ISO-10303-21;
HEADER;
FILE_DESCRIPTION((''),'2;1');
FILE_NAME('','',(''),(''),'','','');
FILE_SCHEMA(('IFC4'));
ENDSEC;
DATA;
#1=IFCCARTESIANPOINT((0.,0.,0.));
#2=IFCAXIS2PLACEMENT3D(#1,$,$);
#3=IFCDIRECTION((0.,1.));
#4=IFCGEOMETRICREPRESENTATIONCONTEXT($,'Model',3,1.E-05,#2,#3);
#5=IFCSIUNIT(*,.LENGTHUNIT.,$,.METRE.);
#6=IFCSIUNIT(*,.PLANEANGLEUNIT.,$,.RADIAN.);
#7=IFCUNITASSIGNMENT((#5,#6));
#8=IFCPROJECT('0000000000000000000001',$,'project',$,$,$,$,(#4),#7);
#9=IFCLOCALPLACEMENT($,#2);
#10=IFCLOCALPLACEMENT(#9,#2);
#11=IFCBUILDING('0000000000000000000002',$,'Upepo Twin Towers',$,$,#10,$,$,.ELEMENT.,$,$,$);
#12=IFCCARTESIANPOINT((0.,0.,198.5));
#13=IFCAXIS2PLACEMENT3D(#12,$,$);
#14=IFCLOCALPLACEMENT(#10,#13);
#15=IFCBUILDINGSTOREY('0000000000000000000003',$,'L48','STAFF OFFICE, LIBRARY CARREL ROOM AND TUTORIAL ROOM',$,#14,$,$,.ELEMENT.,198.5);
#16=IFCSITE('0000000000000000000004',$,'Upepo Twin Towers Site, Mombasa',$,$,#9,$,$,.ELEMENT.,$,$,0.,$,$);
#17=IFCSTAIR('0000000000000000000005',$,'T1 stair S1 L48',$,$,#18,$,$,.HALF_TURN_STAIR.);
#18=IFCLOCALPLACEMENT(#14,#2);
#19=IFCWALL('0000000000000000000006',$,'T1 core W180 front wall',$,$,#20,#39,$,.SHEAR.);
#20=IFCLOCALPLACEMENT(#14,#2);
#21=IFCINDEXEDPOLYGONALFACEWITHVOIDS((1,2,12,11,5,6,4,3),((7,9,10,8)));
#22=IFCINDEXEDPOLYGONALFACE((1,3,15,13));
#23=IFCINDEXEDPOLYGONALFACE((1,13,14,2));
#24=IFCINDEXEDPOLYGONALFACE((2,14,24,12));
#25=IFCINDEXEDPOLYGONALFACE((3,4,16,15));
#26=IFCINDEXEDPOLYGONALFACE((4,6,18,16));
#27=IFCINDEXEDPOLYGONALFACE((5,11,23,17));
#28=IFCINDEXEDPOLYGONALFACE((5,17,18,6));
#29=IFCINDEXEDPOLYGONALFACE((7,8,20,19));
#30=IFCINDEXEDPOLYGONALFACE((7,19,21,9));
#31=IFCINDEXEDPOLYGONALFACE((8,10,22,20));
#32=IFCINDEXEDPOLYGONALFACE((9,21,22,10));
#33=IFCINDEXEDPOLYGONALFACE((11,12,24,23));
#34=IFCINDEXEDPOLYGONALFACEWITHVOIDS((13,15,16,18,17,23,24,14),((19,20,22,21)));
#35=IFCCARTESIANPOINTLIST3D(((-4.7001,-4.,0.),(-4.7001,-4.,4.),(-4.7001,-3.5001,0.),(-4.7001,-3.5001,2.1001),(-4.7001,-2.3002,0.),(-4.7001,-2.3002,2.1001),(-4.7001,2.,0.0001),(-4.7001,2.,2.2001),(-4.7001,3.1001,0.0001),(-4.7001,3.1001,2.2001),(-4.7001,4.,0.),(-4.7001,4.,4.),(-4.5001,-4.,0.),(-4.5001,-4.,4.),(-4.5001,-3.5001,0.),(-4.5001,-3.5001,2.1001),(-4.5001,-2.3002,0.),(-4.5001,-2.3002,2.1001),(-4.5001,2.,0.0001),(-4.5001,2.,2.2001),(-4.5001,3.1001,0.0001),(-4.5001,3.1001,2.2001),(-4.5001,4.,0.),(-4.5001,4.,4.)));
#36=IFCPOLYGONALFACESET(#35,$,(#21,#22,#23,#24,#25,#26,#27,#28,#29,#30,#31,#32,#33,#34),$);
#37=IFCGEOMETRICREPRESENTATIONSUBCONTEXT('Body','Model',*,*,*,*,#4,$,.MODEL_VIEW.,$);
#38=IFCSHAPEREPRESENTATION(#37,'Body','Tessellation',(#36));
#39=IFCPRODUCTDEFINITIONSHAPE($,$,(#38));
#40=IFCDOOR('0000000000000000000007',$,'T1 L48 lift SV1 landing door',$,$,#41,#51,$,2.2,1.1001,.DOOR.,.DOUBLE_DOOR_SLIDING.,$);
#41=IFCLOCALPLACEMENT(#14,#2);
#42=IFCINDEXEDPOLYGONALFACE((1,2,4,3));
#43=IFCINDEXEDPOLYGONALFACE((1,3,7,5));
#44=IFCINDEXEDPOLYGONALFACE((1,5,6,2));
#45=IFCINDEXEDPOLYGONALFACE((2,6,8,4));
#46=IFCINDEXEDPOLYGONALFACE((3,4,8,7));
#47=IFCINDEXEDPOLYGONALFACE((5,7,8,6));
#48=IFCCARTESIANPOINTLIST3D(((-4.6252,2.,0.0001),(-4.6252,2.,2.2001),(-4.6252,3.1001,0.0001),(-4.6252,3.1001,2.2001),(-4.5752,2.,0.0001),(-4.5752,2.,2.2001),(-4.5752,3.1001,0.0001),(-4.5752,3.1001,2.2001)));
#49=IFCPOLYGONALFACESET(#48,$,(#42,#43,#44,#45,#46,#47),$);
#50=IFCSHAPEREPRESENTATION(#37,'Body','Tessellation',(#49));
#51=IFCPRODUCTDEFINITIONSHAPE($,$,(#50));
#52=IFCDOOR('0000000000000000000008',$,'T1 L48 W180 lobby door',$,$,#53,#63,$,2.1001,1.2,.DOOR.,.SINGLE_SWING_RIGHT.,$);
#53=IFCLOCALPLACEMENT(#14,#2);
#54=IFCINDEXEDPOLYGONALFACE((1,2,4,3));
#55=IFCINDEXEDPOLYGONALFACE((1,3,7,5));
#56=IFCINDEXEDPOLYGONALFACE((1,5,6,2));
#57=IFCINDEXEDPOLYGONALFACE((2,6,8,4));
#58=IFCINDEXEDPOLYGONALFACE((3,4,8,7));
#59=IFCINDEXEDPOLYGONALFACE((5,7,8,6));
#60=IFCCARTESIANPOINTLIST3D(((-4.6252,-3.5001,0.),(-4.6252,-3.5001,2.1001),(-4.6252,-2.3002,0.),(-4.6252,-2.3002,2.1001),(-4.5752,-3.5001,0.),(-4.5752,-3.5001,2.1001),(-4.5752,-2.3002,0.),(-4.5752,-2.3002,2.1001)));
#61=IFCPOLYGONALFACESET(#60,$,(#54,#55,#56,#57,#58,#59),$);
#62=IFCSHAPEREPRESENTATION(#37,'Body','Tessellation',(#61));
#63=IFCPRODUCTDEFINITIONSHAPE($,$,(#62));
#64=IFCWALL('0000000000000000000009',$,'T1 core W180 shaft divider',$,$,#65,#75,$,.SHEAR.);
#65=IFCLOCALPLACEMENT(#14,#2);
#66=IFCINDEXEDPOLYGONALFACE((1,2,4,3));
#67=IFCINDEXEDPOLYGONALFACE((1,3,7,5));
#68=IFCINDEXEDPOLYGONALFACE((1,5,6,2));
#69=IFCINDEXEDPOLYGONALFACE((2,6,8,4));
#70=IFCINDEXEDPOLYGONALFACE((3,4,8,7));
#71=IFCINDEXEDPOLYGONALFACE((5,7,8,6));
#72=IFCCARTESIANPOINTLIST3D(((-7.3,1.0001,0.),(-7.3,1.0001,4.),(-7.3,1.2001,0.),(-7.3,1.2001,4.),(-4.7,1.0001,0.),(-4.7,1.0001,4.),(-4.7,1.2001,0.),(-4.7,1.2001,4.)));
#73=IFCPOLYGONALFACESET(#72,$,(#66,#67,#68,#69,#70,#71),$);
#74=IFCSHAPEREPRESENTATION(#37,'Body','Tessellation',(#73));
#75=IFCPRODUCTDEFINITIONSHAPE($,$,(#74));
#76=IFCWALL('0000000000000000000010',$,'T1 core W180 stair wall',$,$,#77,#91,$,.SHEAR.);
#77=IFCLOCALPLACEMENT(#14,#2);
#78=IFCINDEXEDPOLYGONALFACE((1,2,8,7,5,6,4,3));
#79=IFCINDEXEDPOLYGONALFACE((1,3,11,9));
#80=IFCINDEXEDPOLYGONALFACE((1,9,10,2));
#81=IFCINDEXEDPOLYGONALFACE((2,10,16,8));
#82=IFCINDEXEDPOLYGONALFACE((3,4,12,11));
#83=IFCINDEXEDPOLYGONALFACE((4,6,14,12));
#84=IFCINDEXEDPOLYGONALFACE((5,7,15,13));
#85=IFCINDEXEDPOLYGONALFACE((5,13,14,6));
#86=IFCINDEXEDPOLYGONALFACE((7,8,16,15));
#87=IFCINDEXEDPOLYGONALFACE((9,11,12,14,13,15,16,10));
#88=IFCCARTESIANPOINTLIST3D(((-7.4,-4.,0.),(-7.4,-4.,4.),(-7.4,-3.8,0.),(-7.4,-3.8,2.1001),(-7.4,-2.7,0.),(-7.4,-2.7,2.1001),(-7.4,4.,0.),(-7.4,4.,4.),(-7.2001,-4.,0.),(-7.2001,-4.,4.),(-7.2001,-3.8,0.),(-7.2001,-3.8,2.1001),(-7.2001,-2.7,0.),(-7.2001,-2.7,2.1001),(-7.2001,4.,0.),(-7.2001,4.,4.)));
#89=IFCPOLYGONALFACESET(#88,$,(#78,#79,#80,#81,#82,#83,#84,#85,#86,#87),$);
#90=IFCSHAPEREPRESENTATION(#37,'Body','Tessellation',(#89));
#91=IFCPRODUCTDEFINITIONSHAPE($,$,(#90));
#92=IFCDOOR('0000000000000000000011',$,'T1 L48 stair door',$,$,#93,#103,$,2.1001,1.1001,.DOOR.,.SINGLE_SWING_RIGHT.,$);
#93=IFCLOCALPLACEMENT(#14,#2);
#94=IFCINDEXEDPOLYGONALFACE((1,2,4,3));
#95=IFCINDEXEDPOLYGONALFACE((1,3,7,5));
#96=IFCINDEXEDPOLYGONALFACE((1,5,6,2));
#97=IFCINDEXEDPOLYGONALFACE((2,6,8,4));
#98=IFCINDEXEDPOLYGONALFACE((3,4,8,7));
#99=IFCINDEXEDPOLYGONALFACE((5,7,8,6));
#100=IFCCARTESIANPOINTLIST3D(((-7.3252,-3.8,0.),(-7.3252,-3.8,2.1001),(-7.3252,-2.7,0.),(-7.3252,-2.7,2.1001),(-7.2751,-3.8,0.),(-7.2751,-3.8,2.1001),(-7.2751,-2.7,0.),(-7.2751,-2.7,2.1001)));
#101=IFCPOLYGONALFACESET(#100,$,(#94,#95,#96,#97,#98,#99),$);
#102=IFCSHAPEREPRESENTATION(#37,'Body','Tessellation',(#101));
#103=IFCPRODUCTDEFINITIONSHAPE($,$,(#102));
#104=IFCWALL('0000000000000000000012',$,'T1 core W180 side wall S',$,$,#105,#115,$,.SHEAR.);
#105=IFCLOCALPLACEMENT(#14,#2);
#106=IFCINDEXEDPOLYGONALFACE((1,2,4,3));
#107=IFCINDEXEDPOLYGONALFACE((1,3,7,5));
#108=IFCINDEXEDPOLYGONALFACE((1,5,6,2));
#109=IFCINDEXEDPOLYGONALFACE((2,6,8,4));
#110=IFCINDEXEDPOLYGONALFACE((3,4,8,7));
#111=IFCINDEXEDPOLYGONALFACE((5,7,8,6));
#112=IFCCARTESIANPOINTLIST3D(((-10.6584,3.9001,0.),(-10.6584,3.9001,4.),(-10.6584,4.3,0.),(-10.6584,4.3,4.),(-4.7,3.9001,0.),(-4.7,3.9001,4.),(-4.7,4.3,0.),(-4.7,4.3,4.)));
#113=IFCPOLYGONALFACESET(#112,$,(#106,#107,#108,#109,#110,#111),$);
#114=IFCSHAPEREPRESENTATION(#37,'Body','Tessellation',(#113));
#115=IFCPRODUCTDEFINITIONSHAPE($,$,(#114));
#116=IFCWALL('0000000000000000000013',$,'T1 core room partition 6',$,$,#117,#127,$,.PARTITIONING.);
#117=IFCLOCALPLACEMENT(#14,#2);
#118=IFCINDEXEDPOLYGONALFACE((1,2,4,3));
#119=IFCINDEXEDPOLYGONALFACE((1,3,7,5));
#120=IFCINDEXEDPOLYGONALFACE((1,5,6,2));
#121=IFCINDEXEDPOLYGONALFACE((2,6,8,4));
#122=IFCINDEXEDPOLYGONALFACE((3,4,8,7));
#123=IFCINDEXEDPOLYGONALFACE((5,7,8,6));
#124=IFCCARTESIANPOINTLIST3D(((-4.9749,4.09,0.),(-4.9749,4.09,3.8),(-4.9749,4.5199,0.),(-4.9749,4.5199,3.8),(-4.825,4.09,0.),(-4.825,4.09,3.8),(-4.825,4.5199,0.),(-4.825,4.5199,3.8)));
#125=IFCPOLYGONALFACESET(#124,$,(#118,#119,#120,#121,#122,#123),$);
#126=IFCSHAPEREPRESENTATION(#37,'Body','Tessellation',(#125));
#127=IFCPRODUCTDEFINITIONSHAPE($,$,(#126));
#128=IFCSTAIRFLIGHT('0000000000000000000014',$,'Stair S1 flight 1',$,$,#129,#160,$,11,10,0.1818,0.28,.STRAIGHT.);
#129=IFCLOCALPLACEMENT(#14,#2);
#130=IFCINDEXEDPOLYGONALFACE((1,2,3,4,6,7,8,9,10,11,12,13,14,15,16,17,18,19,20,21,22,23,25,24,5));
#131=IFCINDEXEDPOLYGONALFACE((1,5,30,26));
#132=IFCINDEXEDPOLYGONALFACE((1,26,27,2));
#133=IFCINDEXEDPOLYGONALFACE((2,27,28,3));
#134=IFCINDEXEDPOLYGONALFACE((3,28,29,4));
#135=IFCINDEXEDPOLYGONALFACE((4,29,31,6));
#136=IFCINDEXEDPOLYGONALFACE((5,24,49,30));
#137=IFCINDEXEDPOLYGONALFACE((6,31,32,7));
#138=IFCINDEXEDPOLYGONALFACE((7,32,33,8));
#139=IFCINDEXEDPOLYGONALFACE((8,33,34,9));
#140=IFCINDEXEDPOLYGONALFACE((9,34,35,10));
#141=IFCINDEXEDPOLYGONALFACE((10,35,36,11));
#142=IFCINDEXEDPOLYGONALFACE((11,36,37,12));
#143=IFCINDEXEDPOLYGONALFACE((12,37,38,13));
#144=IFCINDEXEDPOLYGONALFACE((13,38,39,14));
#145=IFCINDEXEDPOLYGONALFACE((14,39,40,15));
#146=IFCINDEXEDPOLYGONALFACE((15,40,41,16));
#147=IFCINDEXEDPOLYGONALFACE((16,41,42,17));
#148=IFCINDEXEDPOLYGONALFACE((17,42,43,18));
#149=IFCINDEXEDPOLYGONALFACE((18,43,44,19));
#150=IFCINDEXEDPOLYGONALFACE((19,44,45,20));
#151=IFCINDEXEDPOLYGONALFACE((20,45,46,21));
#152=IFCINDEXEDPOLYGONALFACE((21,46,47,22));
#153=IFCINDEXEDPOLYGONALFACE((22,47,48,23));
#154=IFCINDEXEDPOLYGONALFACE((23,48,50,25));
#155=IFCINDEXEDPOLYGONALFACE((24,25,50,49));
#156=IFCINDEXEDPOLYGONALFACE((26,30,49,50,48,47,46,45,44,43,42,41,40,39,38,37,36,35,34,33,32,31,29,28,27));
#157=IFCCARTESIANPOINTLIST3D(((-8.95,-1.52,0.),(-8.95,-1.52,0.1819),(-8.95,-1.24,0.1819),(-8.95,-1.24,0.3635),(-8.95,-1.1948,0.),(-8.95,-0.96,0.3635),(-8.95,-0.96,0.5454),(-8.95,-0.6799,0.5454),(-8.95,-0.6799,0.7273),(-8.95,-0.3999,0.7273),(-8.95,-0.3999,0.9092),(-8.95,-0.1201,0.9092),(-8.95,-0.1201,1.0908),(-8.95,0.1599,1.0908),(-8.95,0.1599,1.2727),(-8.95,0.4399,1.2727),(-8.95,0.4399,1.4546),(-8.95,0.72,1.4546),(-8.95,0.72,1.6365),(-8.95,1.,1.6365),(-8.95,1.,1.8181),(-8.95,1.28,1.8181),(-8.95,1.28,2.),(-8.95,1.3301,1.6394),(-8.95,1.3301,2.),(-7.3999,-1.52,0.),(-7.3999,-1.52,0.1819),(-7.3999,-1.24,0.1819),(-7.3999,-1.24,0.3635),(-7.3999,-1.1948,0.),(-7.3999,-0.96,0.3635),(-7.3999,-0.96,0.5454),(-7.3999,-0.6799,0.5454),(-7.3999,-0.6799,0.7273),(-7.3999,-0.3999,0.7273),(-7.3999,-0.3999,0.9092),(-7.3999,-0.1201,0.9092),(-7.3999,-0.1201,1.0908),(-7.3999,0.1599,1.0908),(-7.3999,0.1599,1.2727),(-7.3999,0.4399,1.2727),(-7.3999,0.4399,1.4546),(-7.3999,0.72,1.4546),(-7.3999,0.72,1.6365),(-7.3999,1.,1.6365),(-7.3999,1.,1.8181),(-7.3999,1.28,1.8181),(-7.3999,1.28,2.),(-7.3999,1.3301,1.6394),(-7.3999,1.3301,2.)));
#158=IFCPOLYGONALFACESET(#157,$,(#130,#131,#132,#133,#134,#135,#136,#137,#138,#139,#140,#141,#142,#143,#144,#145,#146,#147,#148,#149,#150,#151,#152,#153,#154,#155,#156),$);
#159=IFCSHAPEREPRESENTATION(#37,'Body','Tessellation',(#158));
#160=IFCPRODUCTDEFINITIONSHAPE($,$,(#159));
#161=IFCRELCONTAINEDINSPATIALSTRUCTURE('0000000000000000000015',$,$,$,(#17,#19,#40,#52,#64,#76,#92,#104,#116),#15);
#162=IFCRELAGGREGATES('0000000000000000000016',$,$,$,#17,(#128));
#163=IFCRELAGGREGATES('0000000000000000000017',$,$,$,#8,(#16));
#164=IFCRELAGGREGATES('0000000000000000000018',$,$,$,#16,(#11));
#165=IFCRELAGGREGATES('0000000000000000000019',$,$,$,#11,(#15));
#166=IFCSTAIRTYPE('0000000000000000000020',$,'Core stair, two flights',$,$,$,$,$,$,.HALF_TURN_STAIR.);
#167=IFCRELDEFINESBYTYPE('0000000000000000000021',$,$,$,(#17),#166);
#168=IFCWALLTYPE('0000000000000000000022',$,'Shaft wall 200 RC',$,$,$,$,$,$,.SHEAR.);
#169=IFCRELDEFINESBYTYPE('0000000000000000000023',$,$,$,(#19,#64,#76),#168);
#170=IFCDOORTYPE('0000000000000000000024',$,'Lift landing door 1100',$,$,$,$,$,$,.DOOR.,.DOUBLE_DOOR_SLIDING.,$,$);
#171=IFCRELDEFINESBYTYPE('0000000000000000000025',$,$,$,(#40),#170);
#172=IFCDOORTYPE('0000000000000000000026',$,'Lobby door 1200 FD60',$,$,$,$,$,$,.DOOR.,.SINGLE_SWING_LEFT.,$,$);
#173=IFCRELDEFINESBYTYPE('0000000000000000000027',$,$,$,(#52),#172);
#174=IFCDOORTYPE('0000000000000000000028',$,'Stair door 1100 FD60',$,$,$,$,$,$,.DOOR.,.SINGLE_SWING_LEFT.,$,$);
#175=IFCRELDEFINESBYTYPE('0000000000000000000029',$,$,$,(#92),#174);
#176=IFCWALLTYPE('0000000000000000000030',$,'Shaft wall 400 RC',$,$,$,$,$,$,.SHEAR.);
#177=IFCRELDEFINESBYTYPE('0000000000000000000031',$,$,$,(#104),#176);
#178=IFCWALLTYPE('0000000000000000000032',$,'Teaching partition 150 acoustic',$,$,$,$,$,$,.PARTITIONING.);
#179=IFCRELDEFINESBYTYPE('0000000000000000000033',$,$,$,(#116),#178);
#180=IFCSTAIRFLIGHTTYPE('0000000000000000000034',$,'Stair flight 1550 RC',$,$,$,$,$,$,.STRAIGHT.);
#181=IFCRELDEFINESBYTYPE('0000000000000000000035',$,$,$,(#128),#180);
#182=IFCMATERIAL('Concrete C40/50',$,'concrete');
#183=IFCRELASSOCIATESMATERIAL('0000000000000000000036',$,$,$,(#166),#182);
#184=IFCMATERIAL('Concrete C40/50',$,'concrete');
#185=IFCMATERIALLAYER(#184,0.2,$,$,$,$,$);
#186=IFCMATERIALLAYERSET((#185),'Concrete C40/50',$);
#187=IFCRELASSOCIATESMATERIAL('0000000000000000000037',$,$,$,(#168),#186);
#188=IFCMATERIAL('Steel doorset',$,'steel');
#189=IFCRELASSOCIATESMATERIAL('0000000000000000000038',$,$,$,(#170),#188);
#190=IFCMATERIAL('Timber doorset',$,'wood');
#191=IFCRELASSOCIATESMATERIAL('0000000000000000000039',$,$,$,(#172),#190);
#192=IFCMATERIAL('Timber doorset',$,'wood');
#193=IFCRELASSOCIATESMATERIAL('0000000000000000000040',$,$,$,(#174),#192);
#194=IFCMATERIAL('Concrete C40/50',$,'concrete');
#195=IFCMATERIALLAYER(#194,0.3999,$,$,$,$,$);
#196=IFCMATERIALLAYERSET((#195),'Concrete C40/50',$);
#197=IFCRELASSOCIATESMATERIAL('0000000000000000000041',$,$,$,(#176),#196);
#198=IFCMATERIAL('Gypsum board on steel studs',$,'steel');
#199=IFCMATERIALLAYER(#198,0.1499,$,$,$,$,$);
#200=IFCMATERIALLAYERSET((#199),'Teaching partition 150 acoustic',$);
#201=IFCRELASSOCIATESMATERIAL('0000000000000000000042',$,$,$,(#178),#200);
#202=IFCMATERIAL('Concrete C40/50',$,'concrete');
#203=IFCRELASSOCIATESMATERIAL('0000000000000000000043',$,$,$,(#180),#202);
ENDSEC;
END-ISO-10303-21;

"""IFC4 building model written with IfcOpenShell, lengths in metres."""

from ifc_helpers import new_model, si_unit, direction, frame, frame_2d, origin, place, context, subcontext, project, spatial, polyline, rectangle, outline, extrude, material, layer, layer_set, type_object, element, fill, aggregate, save


model = new_model("IFC4")

# Units and contexts
model_context = context("Model", 3, precision=1e-05, world=origin(), true_north=direction((0.0, 1.0)))
body_context = subcontext(model_context, "Body", "Model", "MODEL_VIEW")
ifc_project = project(units=[si_unit("LENGTHUNIT", "METRE"), si_unit("PLANEANGLEUNIT", "RADIAN")], contexts=[model_context])

# Site, building, storey
site_placement = place(None, origin())
site = spatial("IfcSite", under=ifc_project, at=site_placement, Name="Upepo Twin Towers Site, Mombasa", CompositionType="ELEMENT", RefElevation=0.0)
building_placement = place(site_placement, origin())
building = spatial("IfcBuilding", under=site, at=building_placement, Name="Upepo Twin Towers", CompositionType="ELEMENT")
storey_placement = place(building_placement, frame((0.0, 0.0, 198.5)))
storey = spatial("IfcBuildingStorey", under=building, at=storey_placement, Name="L48", Description="STAFF OFFICE, LIBRARY CARREL ROOM AND TUTORIAL ROOM", CompositionType="ELEMENT", Elevation=198.5)

# Stair
ifc_material_1 = material(Name="Concrete C40/50", Category="concrete")
stair_type = type_object("IfcStairType", Name="Core stair, two flights", PredefinedType="HALF_TURN_STAIR", material=ifc_material_1)
stair_placement = place(storey_placement, origin())
stair = element("IfcStair", 1, at=stair_placement, inside=storey, type_object=stair_type, Name="T1 stair S1 L48", PredefinedType="HALF_TURN_STAIR")

# Wall, openings, doors
ifc_material_2 = material(Name="Concrete C40/50", Category="concrete")
ifc_layer_1 = layer(ifc_material_2, 0.2)
ifc_layer_set_1 = layer_set([ifc_layer_1], Name="Concrete C40/50")
wall_type_1 = type_object("IfcWallType", Name="Shaft wall 200 RC", PredefinedType="SHEAR", material=ifc_layer_set_1)
wall_1_placement = place(storey_placement, frame((-4.6001, 4.0, 0.0), z_axis=(0.0, 0.0, 1.0), x_axis=(0.0, -1.0, 0.0)))
wall_1 = element("IfcWall", 2, at=wall_1_placement, inside=storey, type_object=wall_type_1, Name="T1 core W180 front wall", PredefinedType="SHEAR", context=body_context, shape_type="SweptSolid", body=[
    extrude(rectangle(XDim=8.0, YDim=0.2, at=frame_2d((4.0, 0.0))), origin(), (0.0, 0.0, 1.0), 4.0),
])
opening_1_placement = place(wall_1_placement, frame((6.3, 0.0, 0.0)))
opening_1 = element("IfcOpeningElement", 3, at=opening_1_placement, cuts=wall_1, PredefinedType="OPENING", context=body_context, shape_type="SweptSolid", body=[
    extrude(rectangle(XDim=1.2, YDim=2.1001, at=frame_2d((0.6001, 1.05))), frame((0.0, 0.1099, 0.0), z_axis=(0.0, -1.0, 0.0), x_axis=(1.0, 0.0, 0.0)), (0.0, 0.0, 1.0), 0.22),
])
opening_2_placement = place(wall_1_placement, frame((0.8999, 0.0, 0.0)))
opening_2 = element("IfcOpeningElement", 4, at=opening_2_placement, cuts=wall_1, PredefinedType="OPENING", context=body_context, shape_type="SweptSolid", body=[
    extrude(rectangle(XDim=1.1001, YDim=2.2, at=frame_2d((0.55, 1.1001))), frame((0.0, 0.1099, 0.0), z_axis=(0.0, -1.0, 0.0), x_axis=(1.0, 0.0, 0.0)), (0.0, 0.0, 1.0), 0.22),
])
ifc_material_3 = material(Name="Steel doorset", Category="steel")
door_type_1 = type_object("IfcDoorType", Name="Lift landing door 1100", OperationType="DOUBLE_DOOR_SLIDING", PredefinedType="DOOR", material=ifc_material_3)
door_1_placement = place(opening_2_placement, origin())
door_1 = element("IfcDoor", 5, at=door_1_placement, inside=storey, type_object=door_type_1, Name="T1 L48 lift SV1 landing door", OperationType="DOUBLE_DOOR_SLIDING", OverallHeight=2.2, OverallWidth=1.1001, PredefinedType="DOOR", context=body_context, shape_type="SweptSolid", body=[
    extrude(rectangle(XDim=1.1001, YDim=2.2, at=frame_2d((0.55, 1.1001))), frame((0.0, 0.0249, 0.0), z_axis=(0.0, -1.0, 0.0), x_axis=(1.0, 0.0, 0.0)), (0.0, 0.0, 1.0), 0.05),
])
fill(opening_2, door_1)
ifc_material_4 = material(Name="Timber doorset", Category="wood")
door_type_2 = type_object("IfcDoorType", Name="Lobby door 1200 FD60", OperationType="SINGLE_SWING_LEFT", PredefinedType="DOOR", material=ifc_material_4)
door_2_placement = place(opening_1_placement, origin())
door_2 = element("IfcDoor", 6, at=door_2_placement, inside=storey, type_object=door_type_2, Name="T1 L48 W180 lobby door", OperationType="SINGLE_SWING_RIGHT", OverallHeight=2.1001, OverallWidth=1.2, PredefinedType="DOOR", context=body_context, shape_type="SweptSolid", body=[
    extrude(rectangle(XDim=1.2, YDim=2.1001, at=frame_2d((0.6001, 1.05))), frame((0.0, 0.0249, 0.0), z_axis=(0.0, -1.0, 0.0), x_axis=(1.0, 0.0, 0.0)), (0.0, 0.0, 1.0), 0.05),
])
fill(opening_1, door_2)

# Wall
wall_2_placement = place(storey_placement, frame((-4.7, 1.1001, 0.0), z_axis=(0.0, 0.0, 1.0), x_axis=(-1.0, 0.0, 0.0)))
element("IfcWall", 7, at=wall_2_placement, inside=storey, type_object=wall_type_1, Name="T1 core W180 shaft divider", PredefinedType="SHEAR", context=body_context, shape_type="SweptSolid", body=[
    extrude(rectangle(XDim=2.6001, YDim=0.2, at=frame_2d((1.3, 0.0))), origin(), (0.0, 0.0, 1.0), 4.0),
])

# Wall, opening, door
wall_3_placement = place(storey_placement, frame((-7.3, 4.0, 0.0), z_axis=(0.0, 0.0, 1.0), x_axis=(0.0, -1.0, 0.0)))
wall_3 = element("IfcWall", 8, at=wall_3_placement, inside=storey, type_object=wall_type_1, Name="T1 core W180 stair wall", PredefinedType="SHEAR", context=body_context, shape_type="SweptSolid", body=[
    extrude(rectangle(XDim=8.0, YDim=0.2, at=frame_2d((4.0, 0.0))), origin(), (0.0, 0.0, 1.0), 4.0),
])
opening_3_placement = place(wall_3_placement, frame((6.7, 0.0, 0.0)))
opening_3 = element("IfcOpeningElement", 9, at=opening_3_placement, cuts=wall_3, PredefinedType="OPENING", context=body_context, shape_type="SweptSolid", body=[
    extrude(rectangle(XDim=1.1001, YDim=2.1001, at=frame_2d((0.55, 1.05))), frame((0.0, 0.1099, 0.0), z_axis=(0.0, -1.0, 0.0), x_axis=(1.0, 0.0, 0.0)), (0.0, 0.0, 1.0), 0.22),
])
ifc_material_5 = material(Name="Timber doorset", Category="wood")
door_type_3 = type_object("IfcDoorType", Name="Stair door 1100 FD60", OperationType="SINGLE_SWING_LEFT", PredefinedType="DOOR", material=ifc_material_5)
door_3_placement = place(opening_3_placement, origin())
door_3 = element("IfcDoor", 10, at=door_3_placement, inside=storey, type_object=door_type_3, Name="T1 L48 stair door", OperationType="SINGLE_SWING_RIGHT", OverallHeight=2.1001, OverallWidth=1.1001, PredefinedType="DOOR", context=body_context, shape_type="SweptSolid", body=[
    extrude(rectangle(XDim=1.1001, YDim=2.1001, at=frame_2d((0.55, 1.05))), frame((0.0, 0.0249, 0.0), z_axis=(0.0, -1.0, 0.0), x_axis=(1.0, 0.0, 0.0)), (0.0, 0.0, 1.0), 0.05),
])
fill(opening_3, door_3)

# Walls
ifc_material_6 = material(Name="Concrete C40/50", Category="concrete")
ifc_layer_2 = layer(ifc_material_6, 0.3999)
ifc_layer_set_2 = layer_set([ifc_layer_2], Name="Concrete C40/50")
wall_type_2 = type_object("IfcWallType", Name="Shaft wall 400 RC", PredefinedType="SHEAR", material=ifc_layer_set_2)
wall_4_placement = place(storey_placement, frame((-4.7, 4.1001, 0.0), z_axis=(0.0, 0.0, 1.0), x_axis=(-1.0, 0.0, 0.0)))
element("IfcWall", 11, at=wall_4_placement, inside=storey, type_object=wall_type_2, Name="T1 core W180 side wall S", PredefinedType="SHEAR", context=body_context, shape_type="SweptSolid", body=[
    extrude(rectangle(XDim=5.9585, YDim=0.3999, at=frame_2d((2.9792, 0.0))), origin(), (0.0, 0.0, 1.0), 4.0),
])
ifc_material_7 = material(Name="Gypsum board on steel studs", Category="steel")
ifc_layer_3 = layer(ifc_material_7, 0.1499)
ifc_layer_set_3 = layer_set([ifc_layer_3], Name="Teaching partition 150 acoustic")
wall_type_3 = type_object("IfcWallType", Name="Teaching partition 150 acoustic", PredefinedType="PARTITIONING", material=ifc_layer_set_3)
wall_5_placement = place(storey_placement, frame((-4.8999, 4.0901, 0.0), z_axis=(0.0, 0.0, 1.0), x_axis=(0.0, 1.0, 0.0)))
element("IfcWall", 12, at=wall_5_placement, inside=storey, type_object=wall_type_3, Name="T1 core room partition 6", PredefinedType="PARTITIONING", context=body_context, shape_type="SweptSolid", body=[
    extrude(rectangle(XDim=0.4299, YDim=0.1499, at=frame_2d((0.2148, 0.0))), origin(), (0.0, 0.0, 1.0), 3.8),
])

# Stair flight
ifc_material_8 = material(Name="Concrete C40/50", Category="concrete")
stair_flight_type = type_object("IfcStairFlightType", Name="Stair flight 1550 RC", PredefinedType="STRAIGHT", material=ifc_material_8)
stair_flight_1_placement = place(storey_placement, frame((-8.175, -1.52, 0.0), z_axis=(0.0, 0.0, 1.0), x_axis=(0.0, 1.0, 0.0)))
stair_flight_1 = element("IfcStairFlight", 13, at=stair_flight_1_placement, type_object=stair_flight_type, Name="Stair S1 flight 1", NumberOfRisers=11, NumberOfTreads=10, PredefinedType="STRAIGHT", RiserHeight=0.1818, TreadLength=0.28, context=body_context, shape_type="SweptSolid", body=[
    extrude(outline(polyline([(0.0, 0.0), (0.0, 0.1819), (0.28, 0.1819), (0.28, 0.3635), (0.5601, 0.3635), (0.5601, 0.5454), (0.8401, 0.5454), (0.8401, 0.7273), (1.1201, 0.7273), (1.1201, 0.9092), (1.3999, 0.9092), (1.3999, 1.0908), (1.6799, 1.0908), (1.6799, 1.2727), (1.96, 1.2727), (1.96, 1.4546), (2.24, 1.4546), (2.24, 1.6365), (2.52, 1.6365), (2.52, 1.8181), (2.8, 1.8181), (2.8, 2.0), (2.8501, 2.0), (2.8501, 1.6394), (0.3252, 0.0), (0.0, 0.0)])), frame((0.0, 0.7749, 0.0), z_axis=(0.0, -1.0, 0.0), x_axis=(1.0, 0.0, 0.0)), (0.0, 0.0, 1.0), 1.55),
])
aggregate(stair, [stair_flight_1])

save(model, "model.ifc")
